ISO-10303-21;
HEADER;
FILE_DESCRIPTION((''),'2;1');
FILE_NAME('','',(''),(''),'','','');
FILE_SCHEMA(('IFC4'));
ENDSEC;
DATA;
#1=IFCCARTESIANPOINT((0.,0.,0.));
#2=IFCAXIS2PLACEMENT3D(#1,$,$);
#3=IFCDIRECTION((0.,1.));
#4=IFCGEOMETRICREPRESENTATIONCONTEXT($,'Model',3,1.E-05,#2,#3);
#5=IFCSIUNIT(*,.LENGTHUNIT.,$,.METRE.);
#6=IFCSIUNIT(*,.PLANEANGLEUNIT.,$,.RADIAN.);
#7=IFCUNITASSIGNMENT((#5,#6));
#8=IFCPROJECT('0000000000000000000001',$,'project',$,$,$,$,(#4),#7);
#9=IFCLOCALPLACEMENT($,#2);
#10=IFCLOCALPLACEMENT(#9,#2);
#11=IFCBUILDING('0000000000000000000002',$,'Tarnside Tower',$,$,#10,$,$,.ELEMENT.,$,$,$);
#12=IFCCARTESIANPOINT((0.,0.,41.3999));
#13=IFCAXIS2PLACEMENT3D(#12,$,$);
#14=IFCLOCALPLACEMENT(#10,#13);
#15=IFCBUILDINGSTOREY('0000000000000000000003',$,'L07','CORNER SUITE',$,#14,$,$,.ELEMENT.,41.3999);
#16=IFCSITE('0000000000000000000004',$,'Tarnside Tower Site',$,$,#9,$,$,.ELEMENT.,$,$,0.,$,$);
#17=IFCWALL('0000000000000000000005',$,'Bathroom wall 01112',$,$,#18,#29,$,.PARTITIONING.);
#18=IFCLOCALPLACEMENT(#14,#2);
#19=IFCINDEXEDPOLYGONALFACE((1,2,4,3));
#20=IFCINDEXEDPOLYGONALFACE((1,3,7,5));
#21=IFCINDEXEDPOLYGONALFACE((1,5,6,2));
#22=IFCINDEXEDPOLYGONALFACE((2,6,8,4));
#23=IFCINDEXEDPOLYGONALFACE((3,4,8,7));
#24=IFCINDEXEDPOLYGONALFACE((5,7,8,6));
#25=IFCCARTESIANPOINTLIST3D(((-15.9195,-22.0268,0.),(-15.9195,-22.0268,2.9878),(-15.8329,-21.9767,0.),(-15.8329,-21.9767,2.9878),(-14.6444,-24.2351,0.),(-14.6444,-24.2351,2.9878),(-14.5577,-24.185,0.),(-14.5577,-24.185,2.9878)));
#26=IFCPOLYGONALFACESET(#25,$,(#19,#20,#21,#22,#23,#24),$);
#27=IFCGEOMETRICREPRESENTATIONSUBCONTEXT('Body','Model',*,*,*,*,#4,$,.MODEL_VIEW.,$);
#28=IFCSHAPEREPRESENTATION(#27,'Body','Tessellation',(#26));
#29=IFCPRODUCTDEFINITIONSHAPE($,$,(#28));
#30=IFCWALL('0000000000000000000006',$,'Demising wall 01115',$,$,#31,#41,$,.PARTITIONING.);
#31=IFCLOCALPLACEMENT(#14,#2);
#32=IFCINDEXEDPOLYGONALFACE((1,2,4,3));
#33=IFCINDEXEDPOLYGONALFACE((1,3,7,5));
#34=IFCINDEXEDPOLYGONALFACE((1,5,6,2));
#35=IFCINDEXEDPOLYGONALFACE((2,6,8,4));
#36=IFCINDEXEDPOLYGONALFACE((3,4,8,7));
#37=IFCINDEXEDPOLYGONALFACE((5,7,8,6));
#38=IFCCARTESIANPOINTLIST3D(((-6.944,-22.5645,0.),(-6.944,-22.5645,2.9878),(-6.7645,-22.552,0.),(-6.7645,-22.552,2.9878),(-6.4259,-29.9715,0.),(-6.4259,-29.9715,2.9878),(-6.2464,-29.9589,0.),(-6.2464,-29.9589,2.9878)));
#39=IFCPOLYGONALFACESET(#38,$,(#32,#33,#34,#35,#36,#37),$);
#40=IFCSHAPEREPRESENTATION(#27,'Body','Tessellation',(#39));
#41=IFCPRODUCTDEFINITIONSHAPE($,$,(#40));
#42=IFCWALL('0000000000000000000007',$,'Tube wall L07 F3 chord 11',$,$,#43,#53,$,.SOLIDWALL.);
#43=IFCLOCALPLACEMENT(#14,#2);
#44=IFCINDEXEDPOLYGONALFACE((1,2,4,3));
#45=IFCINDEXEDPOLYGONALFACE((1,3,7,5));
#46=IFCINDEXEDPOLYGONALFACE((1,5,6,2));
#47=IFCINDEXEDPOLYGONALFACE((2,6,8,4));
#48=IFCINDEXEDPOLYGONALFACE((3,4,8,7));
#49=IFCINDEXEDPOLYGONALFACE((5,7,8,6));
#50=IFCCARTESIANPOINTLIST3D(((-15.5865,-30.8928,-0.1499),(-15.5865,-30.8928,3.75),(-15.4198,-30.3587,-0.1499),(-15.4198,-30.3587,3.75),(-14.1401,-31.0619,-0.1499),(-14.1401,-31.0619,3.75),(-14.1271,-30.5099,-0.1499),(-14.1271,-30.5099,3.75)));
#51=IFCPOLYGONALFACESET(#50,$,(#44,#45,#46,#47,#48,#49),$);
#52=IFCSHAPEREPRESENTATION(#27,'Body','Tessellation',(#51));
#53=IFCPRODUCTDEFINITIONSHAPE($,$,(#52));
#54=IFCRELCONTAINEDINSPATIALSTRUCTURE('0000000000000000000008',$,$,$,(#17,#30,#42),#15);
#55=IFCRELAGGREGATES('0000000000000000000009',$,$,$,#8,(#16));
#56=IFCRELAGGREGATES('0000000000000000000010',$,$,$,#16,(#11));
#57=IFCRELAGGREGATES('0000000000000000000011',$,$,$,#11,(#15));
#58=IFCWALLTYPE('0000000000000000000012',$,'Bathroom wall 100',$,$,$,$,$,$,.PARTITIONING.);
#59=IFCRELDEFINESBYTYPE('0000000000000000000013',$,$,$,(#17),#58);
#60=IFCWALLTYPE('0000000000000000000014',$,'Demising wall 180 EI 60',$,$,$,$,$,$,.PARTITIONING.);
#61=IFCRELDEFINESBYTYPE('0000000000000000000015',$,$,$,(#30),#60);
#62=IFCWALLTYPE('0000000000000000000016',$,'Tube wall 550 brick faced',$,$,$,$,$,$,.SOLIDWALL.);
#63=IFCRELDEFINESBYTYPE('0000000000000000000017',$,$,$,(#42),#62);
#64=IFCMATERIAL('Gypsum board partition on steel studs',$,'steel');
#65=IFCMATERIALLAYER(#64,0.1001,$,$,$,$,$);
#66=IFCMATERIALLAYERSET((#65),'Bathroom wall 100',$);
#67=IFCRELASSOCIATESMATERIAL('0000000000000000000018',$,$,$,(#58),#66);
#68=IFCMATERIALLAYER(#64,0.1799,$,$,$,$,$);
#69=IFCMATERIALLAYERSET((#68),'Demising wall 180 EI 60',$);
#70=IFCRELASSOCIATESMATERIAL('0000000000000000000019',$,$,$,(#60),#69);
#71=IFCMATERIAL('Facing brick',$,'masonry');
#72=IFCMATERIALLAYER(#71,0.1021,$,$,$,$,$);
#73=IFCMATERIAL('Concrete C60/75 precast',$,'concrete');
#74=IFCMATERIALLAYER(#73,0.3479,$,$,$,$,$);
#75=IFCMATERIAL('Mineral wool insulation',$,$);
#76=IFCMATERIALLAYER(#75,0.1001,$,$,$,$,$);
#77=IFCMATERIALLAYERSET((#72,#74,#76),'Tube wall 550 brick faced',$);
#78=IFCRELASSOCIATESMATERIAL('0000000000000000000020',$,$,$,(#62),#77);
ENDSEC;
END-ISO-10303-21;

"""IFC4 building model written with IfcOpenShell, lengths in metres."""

from ifc_helpers import new_model, si_unit, direction, frame, frame_2d, origin, place, context, subcontext, project, spatial, polyline, rectangle, outline, extrude, material, layer, layer_set, type_object, element, save


model = new_model("IFC4")

# Units and contexts
model_context = context("Model", 3, precision=1e-05, world=origin(), true_north=direction((0.0, 1.0)))
body_context = subcontext(model_context, "Body", "Model", "MODEL_VIEW")
ifc_project = project(units=[si_unit("LENGTHUNIT", "METRE"), si_unit("PLANEANGLEUNIT", "RADIAN")], contexts=[model_context])

# Site, building, storey
site_placement = place(None, origin())
site = spatial("IfcSite", under=ifc_project, at=site_placement, Name="Tarnside Tower Site", CompositionType="ELEMENT", RefElevation=0.0)
building_placement = place(site_placement, origin())
building = spatial("IfcBuilding", under=site, at=building_placement, Name="Tarnside Tower", CompositionType="ELEMENT")
storey_placement = place(building_placement, frame((0.0, 0.0, 41.3999)))
storey = spatial("IfcBuildingStorey", under=building, at=storey_placement, Name="L07", Description="CORNER SUITE", CompositionType="ELEMENT", Elevation=41.3999)

# Walls
ifc_material_1 = material(Name="Gypsum board partition on steel studs", Category="steel")
ifc_layer_1 = layer(ifc_material_1, 0.1001)
ifc_layer_set_1 = layer_set([ifc_layer_1], Name="Bathroom wall 100")
wall_type_1 = type_object("IfcWallType", Name="Bathroom wall 100", PredefinedType="PARTITIONING", material=ifc_layer_set_1)
wall_1_placement = place(storey_placement, frame((-14.6011, -24.21, 0.0), z_axis=(0.0, 0.0, 1.0), x_axis=(-0.500062, 0.865989, 0.0)))
element("IfcWall", 1, at=wall_1_placement, inside=storey, type_object=wall_type_1, Name="Bathroom wall 01112", PredefinedType="PARTITIONING", context=body_context, shape_type="SweptSolid", body=[
    extrude(rectangle(XDim=2.55, YDim=0.1001, at=frame_2d((1.2749, 0.0))), origin(), (0.0, 0.0, 1.0), 2.9878),
])
ifc_layer_2 = layer(ifc_material_1, 0.1799)
ifc_layer_set_2 = layer_set([ifc_layer_2], Name="Demising wall 180 EI 60")
wall_type_2 = type_object("IfcWallType", Name="Demising wall 180 EI 60", PredefinedType="PARTITIONING", material=ifc_layer_set_2)
wall_2_placement = place(storey_placement, frame((-6.3362, -29.9651, 0.0), z_axis=(0.0, 0.0, 1.0), x_axis=(-0.069773, 0.997563, 0.0)))
element("IfcWall", 2, at=wall_2_placement, inside=storey, type_object=wall_type_2, Name="Demising wall 01115", PredefinedType="PARTITIONING", context=body_context, shape_type="SweptSolid", body=[
    extrude(rectangle(XDim=7.425, YDim=0.1799, at=frame_2d((3.7124, 0.0))), origin(), (0.0, 0.0, 1.0), 2.9878),
])
ifc_material_2 = material(Name="Facing brick", Category="masonry")
ifc_layer_3 = layer(ifc_material_2, 0.1021)
ifc_material_3 = material(Name="Concrete C60/75 precast", Category="concrete")
ifc_layer_4 = layer(ifc_material_3, 0.3479)
ifc_material_4 = material(Name="Mineral wool insulation")
ifc_layer_5 = layer(ifc_material_4, 0.1001)
ifc_layer_set_3 = layer_set([ifc_layer_3, ifc_layer_4, ifc_layer_5], Name="Tube wall 550 brick faced")
wall_type_3 = type_object("IfcWallType", Name="Tube wall 550 brick faced", PredefinedType="SOLIDWALL", material=ifc_layer_set_3)
wall_3_placement = place(storey_placement, frame((-15.5032, -30.6257, -0.1499), z_axis=(0.0, 0.0, 1.0), x_axis=(0.993233, -0.116143, 0.0)))
element("IfcWall", 3, at=wall_3_placement, inside=storey, type_object=wall_type_3, Name="Tube wall L07 F3 chord 11", PredefinedType="SOLIDWALL", context=body_context, shape_type="SweptSolid", body=[
    extrude(outline(polyline([(-0.0518, -0.2749), (1.4045, -0.2749), (1.3533, 0.2749), (0.0518, 0.2749), (-0.0518, -0.2749)])), origin(), (0.0, 0.0, 1.0), 3.8999),
])

save(model, "model.ifc")
